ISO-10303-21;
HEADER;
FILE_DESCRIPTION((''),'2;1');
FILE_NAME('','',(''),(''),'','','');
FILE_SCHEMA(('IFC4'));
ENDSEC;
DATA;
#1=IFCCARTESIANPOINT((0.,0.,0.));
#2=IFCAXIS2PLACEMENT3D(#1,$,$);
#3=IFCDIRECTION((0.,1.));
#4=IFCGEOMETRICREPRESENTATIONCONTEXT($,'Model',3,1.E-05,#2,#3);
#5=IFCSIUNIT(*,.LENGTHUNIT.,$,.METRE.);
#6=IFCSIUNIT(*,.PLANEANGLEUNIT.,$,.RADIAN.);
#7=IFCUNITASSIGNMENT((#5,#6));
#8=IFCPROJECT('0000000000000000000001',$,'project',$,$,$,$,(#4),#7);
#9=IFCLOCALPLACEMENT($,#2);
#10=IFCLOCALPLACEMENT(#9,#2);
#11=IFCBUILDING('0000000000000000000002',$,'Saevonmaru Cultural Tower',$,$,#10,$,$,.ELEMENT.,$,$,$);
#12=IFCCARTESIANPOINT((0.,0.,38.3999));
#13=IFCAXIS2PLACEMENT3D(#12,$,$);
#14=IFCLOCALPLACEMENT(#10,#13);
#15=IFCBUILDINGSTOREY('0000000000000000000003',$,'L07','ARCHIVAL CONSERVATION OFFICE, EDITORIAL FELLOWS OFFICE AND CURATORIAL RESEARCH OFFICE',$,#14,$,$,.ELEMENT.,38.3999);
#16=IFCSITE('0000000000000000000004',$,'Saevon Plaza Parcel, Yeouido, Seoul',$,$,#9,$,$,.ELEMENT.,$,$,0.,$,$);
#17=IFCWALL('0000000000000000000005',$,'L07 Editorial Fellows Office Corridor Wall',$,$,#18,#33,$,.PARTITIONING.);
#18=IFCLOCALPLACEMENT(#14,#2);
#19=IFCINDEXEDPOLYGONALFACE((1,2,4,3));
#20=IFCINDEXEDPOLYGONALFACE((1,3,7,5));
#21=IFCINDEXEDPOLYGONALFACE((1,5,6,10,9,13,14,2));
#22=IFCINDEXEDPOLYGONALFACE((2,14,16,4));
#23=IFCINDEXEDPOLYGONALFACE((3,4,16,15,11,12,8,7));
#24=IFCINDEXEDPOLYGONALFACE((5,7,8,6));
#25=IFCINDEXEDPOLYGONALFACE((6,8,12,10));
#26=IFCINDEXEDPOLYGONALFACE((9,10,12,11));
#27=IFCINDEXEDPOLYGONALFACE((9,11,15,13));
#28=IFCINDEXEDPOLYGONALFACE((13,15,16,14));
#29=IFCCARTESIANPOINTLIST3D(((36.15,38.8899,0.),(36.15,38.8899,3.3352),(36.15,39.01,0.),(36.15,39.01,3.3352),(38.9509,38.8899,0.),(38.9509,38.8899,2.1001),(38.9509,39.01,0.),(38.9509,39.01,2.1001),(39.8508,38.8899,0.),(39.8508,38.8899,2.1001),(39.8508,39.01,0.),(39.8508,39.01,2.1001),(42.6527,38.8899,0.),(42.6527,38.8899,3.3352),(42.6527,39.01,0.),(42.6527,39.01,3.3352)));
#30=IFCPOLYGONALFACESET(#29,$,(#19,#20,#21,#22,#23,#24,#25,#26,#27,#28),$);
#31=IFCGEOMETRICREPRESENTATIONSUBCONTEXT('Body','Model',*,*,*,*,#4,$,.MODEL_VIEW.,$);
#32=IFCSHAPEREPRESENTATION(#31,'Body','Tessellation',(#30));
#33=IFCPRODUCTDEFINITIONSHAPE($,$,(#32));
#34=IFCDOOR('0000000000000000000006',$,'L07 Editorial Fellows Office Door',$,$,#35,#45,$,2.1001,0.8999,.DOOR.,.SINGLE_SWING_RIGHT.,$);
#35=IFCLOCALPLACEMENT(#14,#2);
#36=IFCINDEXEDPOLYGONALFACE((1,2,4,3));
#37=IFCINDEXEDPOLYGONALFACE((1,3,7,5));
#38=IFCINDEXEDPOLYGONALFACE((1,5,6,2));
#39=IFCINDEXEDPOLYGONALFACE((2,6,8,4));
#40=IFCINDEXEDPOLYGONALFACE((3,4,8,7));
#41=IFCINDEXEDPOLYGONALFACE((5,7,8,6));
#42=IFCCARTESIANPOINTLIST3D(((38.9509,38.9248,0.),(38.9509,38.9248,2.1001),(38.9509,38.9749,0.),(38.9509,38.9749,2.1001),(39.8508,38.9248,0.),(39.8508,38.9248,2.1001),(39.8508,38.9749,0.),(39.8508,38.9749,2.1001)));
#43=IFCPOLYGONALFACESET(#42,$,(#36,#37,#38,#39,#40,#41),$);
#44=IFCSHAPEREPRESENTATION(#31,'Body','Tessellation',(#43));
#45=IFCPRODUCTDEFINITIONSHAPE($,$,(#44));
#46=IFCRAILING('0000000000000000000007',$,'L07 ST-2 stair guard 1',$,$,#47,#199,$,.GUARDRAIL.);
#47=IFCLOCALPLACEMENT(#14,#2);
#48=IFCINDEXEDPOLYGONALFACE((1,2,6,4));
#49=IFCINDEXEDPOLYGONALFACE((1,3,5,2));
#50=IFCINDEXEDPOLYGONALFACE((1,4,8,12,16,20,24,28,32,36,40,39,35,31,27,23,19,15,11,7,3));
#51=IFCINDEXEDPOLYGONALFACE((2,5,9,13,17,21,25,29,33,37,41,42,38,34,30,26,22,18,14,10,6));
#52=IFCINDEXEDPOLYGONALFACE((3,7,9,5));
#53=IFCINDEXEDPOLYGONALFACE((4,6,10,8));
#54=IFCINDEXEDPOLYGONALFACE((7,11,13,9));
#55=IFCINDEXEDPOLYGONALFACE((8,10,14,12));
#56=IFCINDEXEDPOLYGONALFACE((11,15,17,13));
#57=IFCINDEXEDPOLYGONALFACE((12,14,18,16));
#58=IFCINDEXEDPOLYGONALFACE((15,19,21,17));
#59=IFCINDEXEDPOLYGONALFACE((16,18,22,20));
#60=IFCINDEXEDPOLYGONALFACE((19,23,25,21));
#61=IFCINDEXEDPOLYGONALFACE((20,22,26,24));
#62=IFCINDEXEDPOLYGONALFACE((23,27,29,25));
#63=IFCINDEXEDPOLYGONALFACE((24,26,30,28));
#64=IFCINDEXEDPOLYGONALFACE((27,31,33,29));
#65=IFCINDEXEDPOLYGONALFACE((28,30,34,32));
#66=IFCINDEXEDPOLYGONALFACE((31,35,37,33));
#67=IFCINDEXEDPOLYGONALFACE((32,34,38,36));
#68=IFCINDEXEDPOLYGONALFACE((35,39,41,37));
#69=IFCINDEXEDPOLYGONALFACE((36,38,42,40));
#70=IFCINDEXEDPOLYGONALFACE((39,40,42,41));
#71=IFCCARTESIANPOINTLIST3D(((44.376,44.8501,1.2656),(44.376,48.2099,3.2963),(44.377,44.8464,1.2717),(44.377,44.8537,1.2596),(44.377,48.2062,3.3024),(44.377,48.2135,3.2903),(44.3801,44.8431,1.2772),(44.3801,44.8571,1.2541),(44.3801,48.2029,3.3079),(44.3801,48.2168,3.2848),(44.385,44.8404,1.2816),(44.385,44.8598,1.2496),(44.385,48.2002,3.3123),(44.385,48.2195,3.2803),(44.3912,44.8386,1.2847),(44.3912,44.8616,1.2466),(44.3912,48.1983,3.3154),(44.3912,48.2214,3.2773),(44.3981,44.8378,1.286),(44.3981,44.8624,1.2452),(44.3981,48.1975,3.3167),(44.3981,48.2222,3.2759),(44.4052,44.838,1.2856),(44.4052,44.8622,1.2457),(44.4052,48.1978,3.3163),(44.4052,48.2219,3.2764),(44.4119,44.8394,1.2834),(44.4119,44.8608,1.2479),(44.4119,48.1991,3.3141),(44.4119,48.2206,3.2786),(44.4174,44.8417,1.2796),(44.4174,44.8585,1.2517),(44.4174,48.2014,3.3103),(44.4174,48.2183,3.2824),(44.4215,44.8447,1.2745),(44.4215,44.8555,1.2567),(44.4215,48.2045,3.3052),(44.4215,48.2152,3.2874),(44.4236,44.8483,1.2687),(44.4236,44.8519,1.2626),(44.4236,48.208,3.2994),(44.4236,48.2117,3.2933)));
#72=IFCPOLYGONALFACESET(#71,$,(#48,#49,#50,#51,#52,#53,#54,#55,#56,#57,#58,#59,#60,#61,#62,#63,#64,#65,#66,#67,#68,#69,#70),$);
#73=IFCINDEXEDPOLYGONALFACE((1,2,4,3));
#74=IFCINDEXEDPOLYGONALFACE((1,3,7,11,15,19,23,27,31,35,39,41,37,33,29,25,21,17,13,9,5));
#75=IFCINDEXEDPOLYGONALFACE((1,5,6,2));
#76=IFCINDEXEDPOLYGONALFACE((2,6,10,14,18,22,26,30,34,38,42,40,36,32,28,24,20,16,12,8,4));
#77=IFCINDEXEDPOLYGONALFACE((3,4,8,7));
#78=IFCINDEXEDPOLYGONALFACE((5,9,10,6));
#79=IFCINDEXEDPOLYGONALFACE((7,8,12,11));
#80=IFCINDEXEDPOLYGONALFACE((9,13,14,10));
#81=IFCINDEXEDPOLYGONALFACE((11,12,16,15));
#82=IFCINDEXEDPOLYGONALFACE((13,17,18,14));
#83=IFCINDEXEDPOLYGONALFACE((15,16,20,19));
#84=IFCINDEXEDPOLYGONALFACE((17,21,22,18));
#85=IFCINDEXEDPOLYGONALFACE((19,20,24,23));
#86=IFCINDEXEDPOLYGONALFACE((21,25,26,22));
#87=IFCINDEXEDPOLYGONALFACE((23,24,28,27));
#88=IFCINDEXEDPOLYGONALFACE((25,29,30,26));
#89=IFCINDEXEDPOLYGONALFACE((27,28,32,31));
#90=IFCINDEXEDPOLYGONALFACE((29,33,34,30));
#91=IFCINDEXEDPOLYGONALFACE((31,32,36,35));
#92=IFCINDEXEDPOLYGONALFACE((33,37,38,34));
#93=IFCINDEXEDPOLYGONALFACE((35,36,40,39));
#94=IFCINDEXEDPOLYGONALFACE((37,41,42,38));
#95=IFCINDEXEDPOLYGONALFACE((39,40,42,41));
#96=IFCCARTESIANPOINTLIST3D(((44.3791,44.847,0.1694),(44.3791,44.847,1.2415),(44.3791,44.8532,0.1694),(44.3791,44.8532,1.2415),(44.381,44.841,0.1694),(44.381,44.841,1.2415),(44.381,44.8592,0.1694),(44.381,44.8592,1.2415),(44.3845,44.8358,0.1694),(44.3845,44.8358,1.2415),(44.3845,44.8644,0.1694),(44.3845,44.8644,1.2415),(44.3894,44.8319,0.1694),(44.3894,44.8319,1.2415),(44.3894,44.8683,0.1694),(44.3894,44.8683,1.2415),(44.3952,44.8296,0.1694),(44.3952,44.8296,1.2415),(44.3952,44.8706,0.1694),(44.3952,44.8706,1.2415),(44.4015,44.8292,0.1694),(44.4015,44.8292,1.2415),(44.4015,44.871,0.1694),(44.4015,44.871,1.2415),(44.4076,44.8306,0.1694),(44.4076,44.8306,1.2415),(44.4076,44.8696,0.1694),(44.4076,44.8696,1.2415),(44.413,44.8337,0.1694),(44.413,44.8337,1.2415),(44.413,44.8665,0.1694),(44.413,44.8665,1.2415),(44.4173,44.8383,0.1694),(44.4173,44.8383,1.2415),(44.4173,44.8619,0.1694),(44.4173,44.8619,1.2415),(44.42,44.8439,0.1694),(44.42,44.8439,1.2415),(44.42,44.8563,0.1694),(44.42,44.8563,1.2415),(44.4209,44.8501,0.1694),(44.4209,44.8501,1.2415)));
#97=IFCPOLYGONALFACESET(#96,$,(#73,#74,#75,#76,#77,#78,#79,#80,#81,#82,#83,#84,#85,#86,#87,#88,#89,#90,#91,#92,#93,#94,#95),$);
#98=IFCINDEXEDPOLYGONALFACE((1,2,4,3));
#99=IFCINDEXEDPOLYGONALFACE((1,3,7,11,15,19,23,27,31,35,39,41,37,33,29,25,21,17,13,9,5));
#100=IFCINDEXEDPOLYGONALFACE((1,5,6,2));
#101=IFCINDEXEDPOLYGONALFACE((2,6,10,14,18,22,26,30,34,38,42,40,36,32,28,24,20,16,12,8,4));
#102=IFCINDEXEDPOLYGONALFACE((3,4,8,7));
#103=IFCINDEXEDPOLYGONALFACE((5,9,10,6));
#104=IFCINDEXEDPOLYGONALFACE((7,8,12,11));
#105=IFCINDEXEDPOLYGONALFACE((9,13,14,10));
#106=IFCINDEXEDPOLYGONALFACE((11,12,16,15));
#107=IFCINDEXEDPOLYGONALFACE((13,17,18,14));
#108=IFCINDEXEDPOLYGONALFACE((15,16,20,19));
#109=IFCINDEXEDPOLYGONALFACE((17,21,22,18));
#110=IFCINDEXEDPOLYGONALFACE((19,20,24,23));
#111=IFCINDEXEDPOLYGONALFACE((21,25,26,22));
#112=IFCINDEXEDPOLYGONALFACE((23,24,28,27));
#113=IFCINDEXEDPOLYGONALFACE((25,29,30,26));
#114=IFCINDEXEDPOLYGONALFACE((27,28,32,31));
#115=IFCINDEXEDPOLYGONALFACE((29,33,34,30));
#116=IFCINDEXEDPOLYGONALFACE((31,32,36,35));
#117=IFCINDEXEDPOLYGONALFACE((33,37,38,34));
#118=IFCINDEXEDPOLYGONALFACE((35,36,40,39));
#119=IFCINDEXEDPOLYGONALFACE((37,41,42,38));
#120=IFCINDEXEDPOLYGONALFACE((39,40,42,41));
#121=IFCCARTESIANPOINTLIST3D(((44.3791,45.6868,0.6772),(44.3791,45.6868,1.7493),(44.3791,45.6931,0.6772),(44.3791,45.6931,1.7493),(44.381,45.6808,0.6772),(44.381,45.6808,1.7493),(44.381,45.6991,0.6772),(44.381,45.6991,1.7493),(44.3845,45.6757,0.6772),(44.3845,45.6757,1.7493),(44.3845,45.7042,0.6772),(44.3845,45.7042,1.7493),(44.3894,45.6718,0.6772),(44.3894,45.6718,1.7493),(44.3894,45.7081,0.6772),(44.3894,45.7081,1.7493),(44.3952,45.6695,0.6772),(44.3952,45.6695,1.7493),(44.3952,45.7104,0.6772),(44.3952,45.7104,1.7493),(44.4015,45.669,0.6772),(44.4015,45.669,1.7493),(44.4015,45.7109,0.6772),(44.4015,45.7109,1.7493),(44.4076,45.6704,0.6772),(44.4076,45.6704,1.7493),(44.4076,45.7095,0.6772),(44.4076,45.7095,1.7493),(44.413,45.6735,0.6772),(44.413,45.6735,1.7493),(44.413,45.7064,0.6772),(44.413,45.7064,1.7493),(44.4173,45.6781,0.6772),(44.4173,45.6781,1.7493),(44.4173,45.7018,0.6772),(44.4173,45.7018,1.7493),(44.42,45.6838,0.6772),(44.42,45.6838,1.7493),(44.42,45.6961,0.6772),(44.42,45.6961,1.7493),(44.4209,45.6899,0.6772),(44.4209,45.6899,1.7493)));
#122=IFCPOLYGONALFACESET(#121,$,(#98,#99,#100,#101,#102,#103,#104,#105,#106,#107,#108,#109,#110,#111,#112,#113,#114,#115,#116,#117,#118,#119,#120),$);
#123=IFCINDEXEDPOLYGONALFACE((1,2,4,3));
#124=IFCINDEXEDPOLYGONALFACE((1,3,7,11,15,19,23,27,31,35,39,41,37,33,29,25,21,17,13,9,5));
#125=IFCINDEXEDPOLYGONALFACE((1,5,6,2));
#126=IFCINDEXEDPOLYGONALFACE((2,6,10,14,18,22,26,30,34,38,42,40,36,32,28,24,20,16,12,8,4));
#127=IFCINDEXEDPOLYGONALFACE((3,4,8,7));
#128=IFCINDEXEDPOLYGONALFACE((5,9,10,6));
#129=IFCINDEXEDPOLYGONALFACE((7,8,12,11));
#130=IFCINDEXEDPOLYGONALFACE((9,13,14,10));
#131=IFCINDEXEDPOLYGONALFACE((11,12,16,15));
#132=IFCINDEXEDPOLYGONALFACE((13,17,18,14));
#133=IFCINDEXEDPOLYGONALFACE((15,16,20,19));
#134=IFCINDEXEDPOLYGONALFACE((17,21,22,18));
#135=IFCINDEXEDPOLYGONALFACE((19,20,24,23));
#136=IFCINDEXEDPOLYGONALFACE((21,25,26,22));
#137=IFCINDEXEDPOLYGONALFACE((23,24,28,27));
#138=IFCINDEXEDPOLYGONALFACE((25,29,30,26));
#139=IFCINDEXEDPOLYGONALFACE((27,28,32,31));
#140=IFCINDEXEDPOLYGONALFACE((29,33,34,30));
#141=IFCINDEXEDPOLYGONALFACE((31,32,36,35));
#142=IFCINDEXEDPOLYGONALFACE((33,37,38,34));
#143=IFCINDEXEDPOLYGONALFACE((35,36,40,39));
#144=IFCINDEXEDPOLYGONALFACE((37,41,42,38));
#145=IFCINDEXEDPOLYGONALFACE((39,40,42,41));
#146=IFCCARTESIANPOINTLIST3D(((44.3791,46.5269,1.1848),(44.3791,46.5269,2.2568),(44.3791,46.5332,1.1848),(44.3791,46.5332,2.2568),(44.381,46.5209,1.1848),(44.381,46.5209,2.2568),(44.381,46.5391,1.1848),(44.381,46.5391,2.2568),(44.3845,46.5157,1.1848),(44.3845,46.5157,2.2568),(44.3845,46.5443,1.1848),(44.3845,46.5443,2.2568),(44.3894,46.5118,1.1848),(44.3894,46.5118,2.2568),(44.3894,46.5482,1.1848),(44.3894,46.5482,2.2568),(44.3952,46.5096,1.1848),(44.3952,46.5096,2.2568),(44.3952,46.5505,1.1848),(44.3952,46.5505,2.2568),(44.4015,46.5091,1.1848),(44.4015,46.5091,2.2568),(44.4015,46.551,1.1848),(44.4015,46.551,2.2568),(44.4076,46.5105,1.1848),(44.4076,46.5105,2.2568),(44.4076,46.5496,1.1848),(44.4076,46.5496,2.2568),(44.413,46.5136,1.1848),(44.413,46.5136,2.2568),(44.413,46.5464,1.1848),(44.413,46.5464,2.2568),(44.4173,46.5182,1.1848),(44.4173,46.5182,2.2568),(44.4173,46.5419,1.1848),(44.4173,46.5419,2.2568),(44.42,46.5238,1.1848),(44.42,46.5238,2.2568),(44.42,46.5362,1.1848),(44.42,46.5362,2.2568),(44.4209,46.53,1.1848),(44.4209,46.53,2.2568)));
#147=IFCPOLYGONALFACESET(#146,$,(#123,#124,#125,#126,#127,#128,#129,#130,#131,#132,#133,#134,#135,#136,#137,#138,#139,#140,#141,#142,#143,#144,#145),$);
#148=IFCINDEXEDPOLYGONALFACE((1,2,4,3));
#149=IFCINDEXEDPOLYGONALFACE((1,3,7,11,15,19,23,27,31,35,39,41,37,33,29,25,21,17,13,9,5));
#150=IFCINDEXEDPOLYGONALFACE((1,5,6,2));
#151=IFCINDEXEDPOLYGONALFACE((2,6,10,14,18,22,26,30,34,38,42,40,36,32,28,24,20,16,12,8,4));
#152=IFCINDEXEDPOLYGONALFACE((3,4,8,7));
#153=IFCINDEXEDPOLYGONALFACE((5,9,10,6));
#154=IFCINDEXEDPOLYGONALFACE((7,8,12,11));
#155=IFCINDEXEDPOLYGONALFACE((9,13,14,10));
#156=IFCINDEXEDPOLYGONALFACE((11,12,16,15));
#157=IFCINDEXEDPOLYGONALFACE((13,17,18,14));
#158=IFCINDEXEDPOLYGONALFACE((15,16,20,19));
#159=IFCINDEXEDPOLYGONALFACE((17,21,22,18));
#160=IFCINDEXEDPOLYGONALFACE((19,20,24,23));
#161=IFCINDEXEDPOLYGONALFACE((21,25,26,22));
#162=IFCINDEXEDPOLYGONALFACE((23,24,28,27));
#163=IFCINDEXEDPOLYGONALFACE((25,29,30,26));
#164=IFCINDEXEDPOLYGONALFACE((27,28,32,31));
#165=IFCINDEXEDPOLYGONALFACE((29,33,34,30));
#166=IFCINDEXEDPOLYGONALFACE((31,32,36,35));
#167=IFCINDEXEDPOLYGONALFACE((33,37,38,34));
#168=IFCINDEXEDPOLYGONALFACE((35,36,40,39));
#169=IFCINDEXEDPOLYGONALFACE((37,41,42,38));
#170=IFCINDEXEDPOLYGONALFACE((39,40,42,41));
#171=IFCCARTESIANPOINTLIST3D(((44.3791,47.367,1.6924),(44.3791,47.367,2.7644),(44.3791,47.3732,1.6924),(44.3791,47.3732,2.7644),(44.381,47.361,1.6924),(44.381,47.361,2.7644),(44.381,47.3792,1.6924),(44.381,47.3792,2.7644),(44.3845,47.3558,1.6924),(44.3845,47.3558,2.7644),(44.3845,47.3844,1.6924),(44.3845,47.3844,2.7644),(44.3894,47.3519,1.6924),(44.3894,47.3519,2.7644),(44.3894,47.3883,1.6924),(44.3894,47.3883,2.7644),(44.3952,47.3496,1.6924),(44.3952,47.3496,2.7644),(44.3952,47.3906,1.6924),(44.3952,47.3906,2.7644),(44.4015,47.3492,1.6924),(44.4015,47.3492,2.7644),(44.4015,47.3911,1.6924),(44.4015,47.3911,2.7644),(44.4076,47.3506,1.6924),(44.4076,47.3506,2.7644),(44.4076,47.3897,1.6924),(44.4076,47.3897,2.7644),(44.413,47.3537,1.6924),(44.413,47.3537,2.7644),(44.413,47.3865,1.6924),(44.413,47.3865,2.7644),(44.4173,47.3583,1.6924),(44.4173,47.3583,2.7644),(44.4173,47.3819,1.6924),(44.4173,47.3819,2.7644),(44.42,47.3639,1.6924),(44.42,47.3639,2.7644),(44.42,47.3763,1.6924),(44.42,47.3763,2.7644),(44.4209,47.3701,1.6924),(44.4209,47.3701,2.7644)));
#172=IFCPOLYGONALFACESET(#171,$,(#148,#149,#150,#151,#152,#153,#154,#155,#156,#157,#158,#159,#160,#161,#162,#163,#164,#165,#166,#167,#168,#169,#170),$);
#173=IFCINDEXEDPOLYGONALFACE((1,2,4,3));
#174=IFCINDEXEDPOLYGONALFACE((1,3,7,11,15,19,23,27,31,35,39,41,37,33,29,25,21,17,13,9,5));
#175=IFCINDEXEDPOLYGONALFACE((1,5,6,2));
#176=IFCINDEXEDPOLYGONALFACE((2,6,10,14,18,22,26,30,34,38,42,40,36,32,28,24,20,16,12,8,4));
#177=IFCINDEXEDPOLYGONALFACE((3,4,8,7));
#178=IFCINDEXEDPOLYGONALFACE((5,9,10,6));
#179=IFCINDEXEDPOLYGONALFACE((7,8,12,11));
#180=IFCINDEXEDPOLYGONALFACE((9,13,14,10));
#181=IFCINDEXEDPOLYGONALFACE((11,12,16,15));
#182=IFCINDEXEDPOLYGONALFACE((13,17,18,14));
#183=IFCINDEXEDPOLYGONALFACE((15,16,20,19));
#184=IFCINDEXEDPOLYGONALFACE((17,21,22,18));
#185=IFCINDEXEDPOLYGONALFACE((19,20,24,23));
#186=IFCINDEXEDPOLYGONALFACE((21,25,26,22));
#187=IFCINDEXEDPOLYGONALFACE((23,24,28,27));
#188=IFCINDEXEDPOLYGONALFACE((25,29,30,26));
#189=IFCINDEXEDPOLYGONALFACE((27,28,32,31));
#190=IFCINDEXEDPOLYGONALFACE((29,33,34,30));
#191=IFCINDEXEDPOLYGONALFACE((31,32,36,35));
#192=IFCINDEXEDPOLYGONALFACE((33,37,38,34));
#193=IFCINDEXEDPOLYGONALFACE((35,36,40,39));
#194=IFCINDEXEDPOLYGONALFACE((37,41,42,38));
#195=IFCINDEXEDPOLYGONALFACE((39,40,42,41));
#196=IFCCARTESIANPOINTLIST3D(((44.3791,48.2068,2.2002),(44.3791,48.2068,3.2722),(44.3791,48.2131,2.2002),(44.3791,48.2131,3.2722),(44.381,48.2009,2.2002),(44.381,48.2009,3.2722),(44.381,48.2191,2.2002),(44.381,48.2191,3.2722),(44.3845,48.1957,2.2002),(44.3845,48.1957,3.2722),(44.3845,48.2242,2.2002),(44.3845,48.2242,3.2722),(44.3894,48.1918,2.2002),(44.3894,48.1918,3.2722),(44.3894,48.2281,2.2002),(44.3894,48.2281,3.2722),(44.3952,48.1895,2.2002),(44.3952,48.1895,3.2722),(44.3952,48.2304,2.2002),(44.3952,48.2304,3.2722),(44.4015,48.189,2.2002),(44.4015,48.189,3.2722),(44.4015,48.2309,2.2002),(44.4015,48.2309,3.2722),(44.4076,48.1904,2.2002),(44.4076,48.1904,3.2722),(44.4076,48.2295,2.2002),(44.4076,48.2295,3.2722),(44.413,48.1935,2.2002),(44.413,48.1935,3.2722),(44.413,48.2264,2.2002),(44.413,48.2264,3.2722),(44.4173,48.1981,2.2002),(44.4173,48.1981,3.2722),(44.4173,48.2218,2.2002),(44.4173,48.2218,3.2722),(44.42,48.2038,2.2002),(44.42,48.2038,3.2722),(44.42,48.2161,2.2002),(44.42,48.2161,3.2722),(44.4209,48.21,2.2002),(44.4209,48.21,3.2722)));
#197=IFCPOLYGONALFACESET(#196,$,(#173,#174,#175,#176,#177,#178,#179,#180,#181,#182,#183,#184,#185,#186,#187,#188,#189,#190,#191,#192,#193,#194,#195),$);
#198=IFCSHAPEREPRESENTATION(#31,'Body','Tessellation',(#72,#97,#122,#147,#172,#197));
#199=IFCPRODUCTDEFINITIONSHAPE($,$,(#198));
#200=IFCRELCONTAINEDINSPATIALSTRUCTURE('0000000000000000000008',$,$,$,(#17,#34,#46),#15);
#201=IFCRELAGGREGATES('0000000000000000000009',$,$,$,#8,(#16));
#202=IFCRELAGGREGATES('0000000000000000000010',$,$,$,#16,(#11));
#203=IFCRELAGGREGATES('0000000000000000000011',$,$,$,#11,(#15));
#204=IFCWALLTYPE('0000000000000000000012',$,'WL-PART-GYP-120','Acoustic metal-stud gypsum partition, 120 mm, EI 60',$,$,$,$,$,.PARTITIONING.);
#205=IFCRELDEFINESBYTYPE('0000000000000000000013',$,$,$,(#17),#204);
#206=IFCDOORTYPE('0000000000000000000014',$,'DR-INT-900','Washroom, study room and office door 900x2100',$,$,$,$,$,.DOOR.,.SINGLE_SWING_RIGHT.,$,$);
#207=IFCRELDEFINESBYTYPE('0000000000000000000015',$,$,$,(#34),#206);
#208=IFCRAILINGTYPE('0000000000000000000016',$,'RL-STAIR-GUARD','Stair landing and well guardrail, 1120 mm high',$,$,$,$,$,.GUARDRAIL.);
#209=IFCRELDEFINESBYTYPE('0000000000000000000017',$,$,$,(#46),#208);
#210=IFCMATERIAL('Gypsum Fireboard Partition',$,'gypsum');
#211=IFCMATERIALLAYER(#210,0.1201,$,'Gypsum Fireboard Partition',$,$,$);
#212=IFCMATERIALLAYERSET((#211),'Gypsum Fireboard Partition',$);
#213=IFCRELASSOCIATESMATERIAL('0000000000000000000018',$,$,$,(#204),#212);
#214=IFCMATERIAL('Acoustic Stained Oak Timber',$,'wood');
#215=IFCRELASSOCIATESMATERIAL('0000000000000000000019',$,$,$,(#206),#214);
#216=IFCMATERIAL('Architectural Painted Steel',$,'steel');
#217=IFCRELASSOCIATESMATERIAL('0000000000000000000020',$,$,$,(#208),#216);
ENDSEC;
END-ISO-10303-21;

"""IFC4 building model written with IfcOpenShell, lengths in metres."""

from ifc_helpers import new_model, si_unit, direction, frame, frame_2d, origin, origin_2d, place, context, subcontext, project, spatial, rectangle, circle, extrude, material, layer, layer_set, type_object, element, fill, save


model = new_model("IFC4")

# Units and contexts
model_context = context("Model", 3, precision=1e-05, world=origin(), true_north=direction((0.0, 1.0)))
body_context = subcontext(model_context, "Body", "Model", "MODEL_VIEW")
ifc_project = project(units=[si_unit("LENGTHUNIT", "METRE"), si_unit("PLANEANGLEUNIT", "RADIAN")], contexts=[model_context])

# Site, building, storey
site_placement = place(None, origin())
site = spatial("IfcSite", under=ifc_project, at=site_placement, Name="Saevon Plaza Parcel, Yeouido, Seoul", CompositionType="ELEMENT", RefElevation=0.0)
building_placement = place(site_placement, origin())
building = spatial("IfcBuilding", under=site, at=building_placement, Name="Saevonmaru Cultural Tower", CompositionType="ELEMENT")
storey_placement = place(building_placement, frame((0.0, 0.0, 38.3999)))
storey = spatial("IfcBuildingStorey", under=building, at=storey_placement, Name="L07", Description="ARCHIVAL CONSERVATION OFFICE, EDITORIAL FELLOWS OFFICE AND CURATORIAL RESEARCH OFFICE", CompositionType="ELEMENT", Elevation=38.3999)

# Shared definitions
ifc_material_1 = material(Name="Gypsum Fireboard Partition", Category="gypsum")

# Wall, opening, door
ifc_layer_1 = layer(ifc_material_1, 0.1201, Name="Gypsum Fireboard Partition")
ifc_layer_set_1 = layer_set([ifc_layer_1], Name="Gypsum Fireboard Partition")
wall_type_1 = type_object("IfcWallType", Name="WL-PART-GYP-120", Description="Acoustic metal-stud gypsum partition, 120 mm, EI 60", PredefinedType="PARTITIONING", material=ifc_layer_set_1)
ifc_material_2 = material(Name="Acoustic Stained Oak Timber", Category="wood")
door_type_1 = type_object("IfcDoorType", Name="DR-INT-900", Description="Washroom, study room and office door 900x2100", OperationType="SINGLE_SWING_RIGHT", PredefinedType="DOOR", material=ifc_material_2)
wall_1_placement = place(storey_placement, frame((36.1499, 38.95, 0.0), z_axis=(0.0, 0.0, 1.0), x_axis=(1.0, 0.0, 0.0)))
wall_1 = element("IfcWall", 1, at=wall_1_placement, inside=storey, type_object=wall_type_1, Name="L07 Editorial Fellows Office Corridor Wall", PredefinedType="PARTITIONING", context=body_context, shape_type="SweptSolid", body=[
    extrude(rectangle(XDim=6.5027, YDim=0.1201, at=frame_2d((3.2515, 0.0))), origin(), (0.0, 0.0, 1.0), 3.3352),
])
opening_1_placement = place(wall_1_placement, frame((2.801, 0.0, 0.0)))
opening_1 = element("IfcOpeningElement", 2, at=opening_1_placement, cuts=wall_1, PredefinedType="OPENING", context=body_context, shape_type="SweptSolid", body=[
    extrude(rectangle(XDim=0.8999, YDim=2.1001, at=frame_2d((0.45, 1.05))), frame((0.0, 0.0701, 0.0), z_axis=(0.0, -1.0, 0.0), x_axis=(1.0, 0.0, 0.0)), (0.0, 0.0, 1.0), 0.1401),
])
door_1_placement = place(opening_1_placement, origin())
door_1 = element("IfcDoor", 3, at=door_1_placement, inside=storey, type_object=door_type_1, Name="L07 Editorial Fellows Office Door", OperationType="SINGLE_SWING_RIGHT", OverallHeight=2.1001, OverallWidth=0.8999, PredefinedType="DOOR", context=body_context, shape_type="SweptSolid", body=[
    extrude(rectangle(XDim=0.8999, YDim=2.1001, at=frame_2d((0.45, 1.05))), frame((0.0, 0.0249, 0.0), z_axis=(0.0, -1.0, 0.0), x_axis=(1.0, 0.0, 0.0)), (0.0, 0.0, 1.0), 0.05),
])
fill(opening_1, door_1)

# Railing
ifc_material_3 = material(Name="Architectural Painted Steel", Category="steel")
railing_type = type_object("IfcRailingType", Name="RL-STAIR-GUARD", Description="Stair landing and well guardrail, 1120 mm high", PredefinedType="GUARDRAIL", material=ifc_material_3)
railing_1_placement = place(storey_placement, frame((44.3999, 44.8501, 0.1694)))
element("IfcRailing", 4, at=railing_1_placement, inside=storey, type_object=railing_type, Name="L07 ST-2 stair guard 1", PredefinedType="GUARDRAIL", context=body_context, shape_type="SweptSolid", body=[
    extrude(circle(Radius=0.0239, at=origin_2d()), frame((0.0, 0.0, 1.0962), z_axis=(0.0, 0.85582, 0.517273), x_axis=(-1.0, 0.0, 0.0)), (0.0, 0.0, 1.0), 3.9258),
    extrude(circle(Radius=0.021, at=origin_2d()), origin(), (0.0, 0.0, 1.0), 1.072),
    extrude(circle(Radius=0.021, at=origin_2d()), frame((0.0, 0.8398, 0.5078)), (0.0, 0.0, 1.0), 1.072),
    extrude(circle(Radius=0.021, at=origin_2d()), frame((0.0, 1.6799, 1.0154)), (0.0, 0.0, 1.0), 1.072),
    extrude(circle(Radius=0.021, at=origin_2d()), frame((0.0, 2.52, 1.5229)), (0.0, 0.0, 1.0), 1.072),
    extrude(circle(Radius=0.021, at=origin_2d()), frame((0.0, 3.3599, 2.0308)), (0.0, 0.0, 1.0), 1.072),
])

save(model, "model.ifc")
